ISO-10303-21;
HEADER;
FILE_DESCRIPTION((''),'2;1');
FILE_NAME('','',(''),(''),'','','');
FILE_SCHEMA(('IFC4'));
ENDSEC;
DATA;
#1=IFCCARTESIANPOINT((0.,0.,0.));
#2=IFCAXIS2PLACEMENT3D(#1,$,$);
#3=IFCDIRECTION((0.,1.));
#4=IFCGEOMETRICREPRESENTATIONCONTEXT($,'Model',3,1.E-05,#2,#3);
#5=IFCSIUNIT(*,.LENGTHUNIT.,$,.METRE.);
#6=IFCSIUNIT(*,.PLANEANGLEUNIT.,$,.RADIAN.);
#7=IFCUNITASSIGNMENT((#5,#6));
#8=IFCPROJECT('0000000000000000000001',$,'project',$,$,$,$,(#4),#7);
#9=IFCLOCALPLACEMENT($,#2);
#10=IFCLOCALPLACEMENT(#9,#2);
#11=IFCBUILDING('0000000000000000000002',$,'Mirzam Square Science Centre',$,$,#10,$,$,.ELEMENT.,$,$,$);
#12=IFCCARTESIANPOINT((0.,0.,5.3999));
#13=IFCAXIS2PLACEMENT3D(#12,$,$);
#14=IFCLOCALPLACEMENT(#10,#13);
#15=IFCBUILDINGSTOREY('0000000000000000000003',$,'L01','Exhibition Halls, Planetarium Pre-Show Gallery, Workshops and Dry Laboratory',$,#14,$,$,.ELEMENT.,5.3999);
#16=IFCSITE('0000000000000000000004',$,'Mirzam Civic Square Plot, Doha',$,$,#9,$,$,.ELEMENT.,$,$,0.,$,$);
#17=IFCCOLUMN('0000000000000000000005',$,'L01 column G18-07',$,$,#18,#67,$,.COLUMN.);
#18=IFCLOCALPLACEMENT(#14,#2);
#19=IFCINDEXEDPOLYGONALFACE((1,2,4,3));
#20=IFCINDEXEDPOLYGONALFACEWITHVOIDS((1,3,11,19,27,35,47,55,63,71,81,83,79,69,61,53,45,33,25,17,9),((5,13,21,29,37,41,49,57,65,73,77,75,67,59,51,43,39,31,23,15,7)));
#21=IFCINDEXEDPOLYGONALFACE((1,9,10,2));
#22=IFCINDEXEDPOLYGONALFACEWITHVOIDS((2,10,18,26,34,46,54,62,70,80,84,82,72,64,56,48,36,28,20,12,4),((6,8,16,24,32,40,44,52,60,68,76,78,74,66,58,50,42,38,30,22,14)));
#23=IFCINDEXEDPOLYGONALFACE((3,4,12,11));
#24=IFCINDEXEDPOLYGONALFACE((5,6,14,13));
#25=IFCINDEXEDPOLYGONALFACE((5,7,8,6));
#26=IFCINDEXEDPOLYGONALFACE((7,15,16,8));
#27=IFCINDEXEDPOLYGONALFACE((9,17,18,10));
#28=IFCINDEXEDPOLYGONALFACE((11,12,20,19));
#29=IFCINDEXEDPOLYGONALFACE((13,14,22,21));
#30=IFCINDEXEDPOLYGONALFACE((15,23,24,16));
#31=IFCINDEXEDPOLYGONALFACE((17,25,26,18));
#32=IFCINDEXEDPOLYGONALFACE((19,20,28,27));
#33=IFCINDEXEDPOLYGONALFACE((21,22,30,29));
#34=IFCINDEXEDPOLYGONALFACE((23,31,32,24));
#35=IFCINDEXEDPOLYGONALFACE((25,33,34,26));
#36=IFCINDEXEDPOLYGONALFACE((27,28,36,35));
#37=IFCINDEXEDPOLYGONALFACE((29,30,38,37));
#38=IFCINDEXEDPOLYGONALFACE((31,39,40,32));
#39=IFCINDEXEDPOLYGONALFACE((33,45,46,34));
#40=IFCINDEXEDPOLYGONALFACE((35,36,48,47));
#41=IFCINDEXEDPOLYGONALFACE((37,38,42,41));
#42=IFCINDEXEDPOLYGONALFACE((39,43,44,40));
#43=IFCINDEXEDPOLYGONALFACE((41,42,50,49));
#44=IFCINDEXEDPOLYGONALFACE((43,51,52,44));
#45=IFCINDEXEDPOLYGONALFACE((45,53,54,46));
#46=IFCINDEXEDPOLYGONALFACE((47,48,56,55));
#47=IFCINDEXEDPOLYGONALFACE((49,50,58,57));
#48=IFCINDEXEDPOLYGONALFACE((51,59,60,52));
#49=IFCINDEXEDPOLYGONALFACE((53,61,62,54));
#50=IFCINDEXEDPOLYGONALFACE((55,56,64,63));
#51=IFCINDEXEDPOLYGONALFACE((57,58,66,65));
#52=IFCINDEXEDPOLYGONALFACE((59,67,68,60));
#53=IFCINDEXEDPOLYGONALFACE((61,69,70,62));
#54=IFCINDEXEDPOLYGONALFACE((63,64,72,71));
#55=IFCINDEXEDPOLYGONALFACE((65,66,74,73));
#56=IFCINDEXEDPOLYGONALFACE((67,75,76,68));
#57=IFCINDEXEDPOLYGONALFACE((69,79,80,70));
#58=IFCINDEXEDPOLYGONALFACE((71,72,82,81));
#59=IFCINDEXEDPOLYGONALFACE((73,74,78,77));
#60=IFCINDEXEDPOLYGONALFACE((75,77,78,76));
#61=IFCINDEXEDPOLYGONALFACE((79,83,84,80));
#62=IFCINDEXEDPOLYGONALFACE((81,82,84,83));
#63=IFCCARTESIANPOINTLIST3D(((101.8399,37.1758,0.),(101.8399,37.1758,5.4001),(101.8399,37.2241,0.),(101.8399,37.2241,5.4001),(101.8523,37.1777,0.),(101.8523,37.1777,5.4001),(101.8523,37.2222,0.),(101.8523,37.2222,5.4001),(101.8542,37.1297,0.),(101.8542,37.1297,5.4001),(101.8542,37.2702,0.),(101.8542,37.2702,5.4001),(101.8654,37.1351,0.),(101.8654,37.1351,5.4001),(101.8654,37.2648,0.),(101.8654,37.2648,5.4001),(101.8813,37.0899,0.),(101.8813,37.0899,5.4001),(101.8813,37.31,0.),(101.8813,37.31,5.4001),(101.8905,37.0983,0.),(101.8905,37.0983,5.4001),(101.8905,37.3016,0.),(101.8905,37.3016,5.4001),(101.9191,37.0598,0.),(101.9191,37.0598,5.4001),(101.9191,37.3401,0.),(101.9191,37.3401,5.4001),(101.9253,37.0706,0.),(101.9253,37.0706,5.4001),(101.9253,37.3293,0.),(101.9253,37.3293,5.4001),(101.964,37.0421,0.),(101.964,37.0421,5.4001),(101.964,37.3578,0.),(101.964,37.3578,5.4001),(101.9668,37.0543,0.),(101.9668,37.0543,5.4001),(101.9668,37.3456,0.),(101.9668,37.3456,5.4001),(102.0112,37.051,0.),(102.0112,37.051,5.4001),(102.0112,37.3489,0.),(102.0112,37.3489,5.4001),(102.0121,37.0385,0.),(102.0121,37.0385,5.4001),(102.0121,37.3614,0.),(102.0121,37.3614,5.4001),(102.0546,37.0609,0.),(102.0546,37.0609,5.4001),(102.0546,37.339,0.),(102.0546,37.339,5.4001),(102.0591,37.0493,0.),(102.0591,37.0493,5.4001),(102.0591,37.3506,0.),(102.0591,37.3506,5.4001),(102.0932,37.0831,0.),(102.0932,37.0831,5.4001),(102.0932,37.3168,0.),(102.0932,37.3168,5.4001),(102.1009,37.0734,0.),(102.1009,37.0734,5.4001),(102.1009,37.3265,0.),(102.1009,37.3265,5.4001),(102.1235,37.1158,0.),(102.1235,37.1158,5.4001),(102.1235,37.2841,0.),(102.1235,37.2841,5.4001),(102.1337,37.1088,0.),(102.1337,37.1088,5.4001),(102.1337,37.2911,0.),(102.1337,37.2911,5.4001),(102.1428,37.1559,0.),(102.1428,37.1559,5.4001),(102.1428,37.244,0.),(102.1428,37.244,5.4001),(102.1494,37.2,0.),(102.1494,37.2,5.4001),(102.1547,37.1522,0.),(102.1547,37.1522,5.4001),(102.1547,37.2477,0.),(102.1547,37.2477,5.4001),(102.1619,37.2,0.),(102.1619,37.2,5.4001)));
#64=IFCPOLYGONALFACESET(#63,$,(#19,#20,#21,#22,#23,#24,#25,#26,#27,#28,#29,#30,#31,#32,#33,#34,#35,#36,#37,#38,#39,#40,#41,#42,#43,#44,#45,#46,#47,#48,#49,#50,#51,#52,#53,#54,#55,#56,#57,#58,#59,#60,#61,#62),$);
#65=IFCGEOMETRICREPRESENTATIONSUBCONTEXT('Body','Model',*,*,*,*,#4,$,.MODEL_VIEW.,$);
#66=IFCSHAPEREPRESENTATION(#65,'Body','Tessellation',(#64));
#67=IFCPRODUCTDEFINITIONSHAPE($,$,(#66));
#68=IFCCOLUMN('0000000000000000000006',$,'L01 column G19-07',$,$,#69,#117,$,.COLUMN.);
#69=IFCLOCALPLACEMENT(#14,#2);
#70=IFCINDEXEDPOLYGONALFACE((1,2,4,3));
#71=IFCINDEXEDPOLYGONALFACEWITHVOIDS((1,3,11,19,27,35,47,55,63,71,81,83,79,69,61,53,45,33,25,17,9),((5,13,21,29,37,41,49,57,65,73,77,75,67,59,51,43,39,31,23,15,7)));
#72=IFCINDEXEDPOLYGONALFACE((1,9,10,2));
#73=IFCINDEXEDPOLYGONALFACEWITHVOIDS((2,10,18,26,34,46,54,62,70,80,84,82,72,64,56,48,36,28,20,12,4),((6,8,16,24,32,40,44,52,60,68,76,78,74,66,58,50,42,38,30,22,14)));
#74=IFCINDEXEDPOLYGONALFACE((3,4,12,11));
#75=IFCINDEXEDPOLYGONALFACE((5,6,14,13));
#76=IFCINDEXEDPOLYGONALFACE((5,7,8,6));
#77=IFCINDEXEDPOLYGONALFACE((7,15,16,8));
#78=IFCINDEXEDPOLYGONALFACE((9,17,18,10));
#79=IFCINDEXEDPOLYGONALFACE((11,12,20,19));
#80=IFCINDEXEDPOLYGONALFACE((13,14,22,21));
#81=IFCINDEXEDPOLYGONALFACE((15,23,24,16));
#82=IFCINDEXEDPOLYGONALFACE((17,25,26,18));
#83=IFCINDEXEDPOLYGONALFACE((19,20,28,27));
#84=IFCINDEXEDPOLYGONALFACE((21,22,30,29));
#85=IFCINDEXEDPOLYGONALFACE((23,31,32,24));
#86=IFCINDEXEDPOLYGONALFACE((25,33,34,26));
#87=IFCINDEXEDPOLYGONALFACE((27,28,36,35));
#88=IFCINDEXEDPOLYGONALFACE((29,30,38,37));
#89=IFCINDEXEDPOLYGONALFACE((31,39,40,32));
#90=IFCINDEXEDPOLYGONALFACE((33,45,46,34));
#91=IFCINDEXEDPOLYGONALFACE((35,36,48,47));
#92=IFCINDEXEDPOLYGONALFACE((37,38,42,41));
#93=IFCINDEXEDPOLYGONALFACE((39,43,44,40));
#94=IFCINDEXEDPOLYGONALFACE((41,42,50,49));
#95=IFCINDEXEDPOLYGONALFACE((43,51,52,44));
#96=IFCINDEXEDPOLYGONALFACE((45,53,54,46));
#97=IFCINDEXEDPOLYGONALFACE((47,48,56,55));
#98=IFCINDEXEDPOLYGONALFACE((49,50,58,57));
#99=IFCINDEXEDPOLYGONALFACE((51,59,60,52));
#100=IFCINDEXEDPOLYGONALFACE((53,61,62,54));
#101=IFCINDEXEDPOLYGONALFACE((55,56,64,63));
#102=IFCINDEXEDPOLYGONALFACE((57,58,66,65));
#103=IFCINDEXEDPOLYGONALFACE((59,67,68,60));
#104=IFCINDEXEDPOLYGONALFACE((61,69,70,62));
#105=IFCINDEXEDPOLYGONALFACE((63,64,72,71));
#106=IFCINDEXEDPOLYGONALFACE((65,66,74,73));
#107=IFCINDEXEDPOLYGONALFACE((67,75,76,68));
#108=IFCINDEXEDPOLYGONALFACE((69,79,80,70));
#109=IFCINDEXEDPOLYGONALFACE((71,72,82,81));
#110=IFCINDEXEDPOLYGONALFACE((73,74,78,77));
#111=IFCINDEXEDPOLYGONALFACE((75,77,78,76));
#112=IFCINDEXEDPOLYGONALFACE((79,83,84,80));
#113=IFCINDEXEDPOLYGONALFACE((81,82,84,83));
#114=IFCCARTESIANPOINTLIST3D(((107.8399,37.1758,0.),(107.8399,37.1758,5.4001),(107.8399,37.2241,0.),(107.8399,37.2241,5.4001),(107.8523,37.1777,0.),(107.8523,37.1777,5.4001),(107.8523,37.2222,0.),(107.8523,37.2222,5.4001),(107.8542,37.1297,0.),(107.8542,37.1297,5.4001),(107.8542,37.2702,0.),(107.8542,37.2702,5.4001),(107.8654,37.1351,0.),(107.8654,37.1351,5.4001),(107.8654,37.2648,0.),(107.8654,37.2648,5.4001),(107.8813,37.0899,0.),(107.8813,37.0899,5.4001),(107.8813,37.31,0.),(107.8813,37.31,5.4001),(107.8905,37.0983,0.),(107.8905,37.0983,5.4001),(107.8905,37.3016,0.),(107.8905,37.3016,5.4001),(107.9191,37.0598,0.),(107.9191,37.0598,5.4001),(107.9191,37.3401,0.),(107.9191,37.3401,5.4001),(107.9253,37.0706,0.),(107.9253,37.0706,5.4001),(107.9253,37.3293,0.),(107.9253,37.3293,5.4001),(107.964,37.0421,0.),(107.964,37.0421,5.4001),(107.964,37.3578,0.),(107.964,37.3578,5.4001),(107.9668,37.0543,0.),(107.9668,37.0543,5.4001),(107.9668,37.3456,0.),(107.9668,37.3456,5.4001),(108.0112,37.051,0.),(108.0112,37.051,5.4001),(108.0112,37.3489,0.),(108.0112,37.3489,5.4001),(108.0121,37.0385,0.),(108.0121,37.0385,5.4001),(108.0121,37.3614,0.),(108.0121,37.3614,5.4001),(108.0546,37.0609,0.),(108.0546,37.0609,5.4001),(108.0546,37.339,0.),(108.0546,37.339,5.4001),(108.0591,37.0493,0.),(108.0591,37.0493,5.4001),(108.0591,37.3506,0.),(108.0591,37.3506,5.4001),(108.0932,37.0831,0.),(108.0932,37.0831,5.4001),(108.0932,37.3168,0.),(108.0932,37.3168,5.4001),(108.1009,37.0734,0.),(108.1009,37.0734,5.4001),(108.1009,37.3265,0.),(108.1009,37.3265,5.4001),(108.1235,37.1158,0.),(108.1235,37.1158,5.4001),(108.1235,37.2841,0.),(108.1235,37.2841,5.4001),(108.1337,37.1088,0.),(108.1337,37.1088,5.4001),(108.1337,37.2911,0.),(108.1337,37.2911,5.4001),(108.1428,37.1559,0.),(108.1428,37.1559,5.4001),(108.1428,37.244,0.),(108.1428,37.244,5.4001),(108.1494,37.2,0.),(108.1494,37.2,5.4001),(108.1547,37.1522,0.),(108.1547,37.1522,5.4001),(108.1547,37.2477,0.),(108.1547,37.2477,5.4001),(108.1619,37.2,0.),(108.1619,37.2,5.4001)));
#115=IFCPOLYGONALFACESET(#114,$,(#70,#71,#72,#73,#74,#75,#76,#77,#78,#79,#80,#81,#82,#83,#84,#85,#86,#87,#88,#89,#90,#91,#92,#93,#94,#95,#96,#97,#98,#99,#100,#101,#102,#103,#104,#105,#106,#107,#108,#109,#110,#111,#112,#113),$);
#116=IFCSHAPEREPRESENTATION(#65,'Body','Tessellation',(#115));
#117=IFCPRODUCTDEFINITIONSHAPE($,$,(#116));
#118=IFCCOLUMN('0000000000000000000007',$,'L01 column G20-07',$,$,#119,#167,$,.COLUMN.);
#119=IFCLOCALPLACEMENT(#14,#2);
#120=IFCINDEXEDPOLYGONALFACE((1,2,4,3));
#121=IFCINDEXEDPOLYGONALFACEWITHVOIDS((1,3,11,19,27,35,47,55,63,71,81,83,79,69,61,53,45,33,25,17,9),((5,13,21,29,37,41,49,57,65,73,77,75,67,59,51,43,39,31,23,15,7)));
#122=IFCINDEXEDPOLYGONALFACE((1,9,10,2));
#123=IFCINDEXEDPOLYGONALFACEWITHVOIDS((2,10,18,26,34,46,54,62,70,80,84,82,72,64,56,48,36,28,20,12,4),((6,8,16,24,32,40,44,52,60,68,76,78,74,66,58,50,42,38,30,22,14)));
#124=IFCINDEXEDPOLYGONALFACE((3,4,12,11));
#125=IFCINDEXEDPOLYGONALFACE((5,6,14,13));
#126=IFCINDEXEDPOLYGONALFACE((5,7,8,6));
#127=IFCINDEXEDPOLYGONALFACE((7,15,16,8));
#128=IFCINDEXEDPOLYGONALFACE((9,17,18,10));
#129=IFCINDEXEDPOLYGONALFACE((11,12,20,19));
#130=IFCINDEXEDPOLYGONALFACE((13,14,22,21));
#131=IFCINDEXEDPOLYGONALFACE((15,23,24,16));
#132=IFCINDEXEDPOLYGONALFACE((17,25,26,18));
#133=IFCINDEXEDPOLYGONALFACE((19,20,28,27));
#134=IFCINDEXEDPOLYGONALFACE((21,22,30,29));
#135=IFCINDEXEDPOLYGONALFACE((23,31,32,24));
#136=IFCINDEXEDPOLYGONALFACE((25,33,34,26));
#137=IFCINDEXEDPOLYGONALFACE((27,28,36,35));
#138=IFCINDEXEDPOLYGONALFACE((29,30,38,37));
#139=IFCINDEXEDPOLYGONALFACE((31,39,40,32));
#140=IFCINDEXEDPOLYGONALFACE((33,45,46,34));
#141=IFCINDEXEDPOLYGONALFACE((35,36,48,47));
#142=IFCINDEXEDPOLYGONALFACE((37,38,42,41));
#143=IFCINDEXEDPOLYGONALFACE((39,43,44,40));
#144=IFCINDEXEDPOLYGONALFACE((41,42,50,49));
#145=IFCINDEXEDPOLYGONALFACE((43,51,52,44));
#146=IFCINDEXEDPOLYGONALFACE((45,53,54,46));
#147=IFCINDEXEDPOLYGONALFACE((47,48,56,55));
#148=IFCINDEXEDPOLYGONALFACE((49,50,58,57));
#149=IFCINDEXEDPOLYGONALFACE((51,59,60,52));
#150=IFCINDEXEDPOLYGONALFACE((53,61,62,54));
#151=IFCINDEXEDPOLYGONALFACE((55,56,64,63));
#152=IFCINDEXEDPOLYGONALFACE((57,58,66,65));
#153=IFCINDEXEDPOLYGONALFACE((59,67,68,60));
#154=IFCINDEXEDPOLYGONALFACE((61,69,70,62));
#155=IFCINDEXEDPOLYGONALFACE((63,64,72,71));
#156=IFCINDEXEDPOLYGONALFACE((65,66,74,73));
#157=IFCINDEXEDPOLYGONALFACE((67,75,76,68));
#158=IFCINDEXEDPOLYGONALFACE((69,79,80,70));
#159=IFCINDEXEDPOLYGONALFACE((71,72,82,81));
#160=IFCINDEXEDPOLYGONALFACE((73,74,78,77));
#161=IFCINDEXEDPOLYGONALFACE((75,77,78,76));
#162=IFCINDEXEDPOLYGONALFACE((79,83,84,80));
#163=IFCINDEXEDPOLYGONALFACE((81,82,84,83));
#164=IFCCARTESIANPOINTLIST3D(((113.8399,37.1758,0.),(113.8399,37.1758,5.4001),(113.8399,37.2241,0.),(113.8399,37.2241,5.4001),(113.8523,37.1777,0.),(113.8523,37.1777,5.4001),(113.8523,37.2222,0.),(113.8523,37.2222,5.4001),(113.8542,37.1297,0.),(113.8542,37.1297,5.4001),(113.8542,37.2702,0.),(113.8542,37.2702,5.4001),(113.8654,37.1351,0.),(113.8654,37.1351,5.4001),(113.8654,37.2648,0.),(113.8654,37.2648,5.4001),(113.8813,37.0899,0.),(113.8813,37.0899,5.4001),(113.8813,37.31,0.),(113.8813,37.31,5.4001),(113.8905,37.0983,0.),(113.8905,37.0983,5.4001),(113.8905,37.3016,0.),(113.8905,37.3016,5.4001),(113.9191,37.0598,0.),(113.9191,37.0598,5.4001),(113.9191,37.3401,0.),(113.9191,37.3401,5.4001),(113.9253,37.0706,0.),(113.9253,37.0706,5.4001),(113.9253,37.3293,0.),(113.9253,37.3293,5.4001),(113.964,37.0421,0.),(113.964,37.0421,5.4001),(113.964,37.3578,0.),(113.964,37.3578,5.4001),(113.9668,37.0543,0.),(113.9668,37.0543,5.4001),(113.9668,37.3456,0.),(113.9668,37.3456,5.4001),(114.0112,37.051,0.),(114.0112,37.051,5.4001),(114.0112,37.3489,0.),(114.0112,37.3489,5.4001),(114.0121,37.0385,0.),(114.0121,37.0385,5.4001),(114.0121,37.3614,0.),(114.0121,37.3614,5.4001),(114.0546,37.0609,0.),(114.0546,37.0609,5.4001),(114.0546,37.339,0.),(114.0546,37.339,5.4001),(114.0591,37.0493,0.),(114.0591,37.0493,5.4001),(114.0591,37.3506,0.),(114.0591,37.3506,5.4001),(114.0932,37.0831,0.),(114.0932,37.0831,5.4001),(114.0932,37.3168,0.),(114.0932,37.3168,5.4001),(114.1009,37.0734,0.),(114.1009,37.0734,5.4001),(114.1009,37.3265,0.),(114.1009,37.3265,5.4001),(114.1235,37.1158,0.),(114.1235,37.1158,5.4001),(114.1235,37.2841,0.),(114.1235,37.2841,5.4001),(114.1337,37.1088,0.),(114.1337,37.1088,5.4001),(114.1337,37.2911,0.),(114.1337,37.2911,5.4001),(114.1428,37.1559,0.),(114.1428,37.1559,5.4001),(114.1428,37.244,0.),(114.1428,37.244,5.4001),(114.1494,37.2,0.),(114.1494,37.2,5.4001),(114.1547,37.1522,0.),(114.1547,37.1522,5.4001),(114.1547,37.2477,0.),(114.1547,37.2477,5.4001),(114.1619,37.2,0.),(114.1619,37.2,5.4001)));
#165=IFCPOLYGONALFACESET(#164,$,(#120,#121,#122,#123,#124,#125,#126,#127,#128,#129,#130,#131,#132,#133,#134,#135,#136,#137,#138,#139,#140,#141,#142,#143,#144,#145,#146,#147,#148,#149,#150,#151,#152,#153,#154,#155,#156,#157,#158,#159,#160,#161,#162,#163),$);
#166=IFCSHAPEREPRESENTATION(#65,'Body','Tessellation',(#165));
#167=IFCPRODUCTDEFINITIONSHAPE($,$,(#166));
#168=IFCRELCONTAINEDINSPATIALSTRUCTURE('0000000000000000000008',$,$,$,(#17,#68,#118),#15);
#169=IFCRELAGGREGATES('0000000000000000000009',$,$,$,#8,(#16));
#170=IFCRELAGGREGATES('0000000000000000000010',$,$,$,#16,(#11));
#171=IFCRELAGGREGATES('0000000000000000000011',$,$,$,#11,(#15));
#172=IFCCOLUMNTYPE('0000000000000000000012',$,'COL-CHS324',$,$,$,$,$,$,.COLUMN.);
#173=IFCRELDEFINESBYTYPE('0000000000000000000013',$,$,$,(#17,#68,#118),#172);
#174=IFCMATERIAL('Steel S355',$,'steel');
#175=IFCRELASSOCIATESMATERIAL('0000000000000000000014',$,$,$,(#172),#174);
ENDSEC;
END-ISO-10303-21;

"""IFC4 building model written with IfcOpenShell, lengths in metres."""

from ifc_helpers import new_model, si_unit, direction, frame, origin, origin_2d, place, context, subcontext, project, spatial, hollow_circle, extrude, material, material_profile, profile_set, type_object, element, save


model = new_model("IFC4")

# Units and contexts
model_context = context("Model", 3, precision=1e-05, world=origin(), true_north=direction((0.0, 1.0)))
body_context = subcontext(model_context, "Body", "Model", "MODEL_VIEW")
ifc_project = project(units=[si_unit("LENGTHUNIT", "METRE"), si_unit("PLANEANGLEUNIT", "RADIAN")], contexts=[model_context])

# Site, building, storey
site_placement = place(None, origin())
site = spatial("IfcSite", under=ifc_project, at=site_placement, Name="Mirzam Civic Square Plot, Doha", CompositionType="ELEMENT", RefElevation=0.0)
building_placement = place(site_placement, origin())
building = spatial("IfcBuilding", under=site, at=building_placement, Name="Mirzam Square Science Centre", CompositionType="ELEMENT")
storey_placement = place(building_placement, frame((0.0, 0.0, 5.3999)))
storey = spatial("IfcBuildingStorey", under=building, at=storey_placement, Name="L01", Description="Exhibition Halls, Planetarium Pre-Show Gallery, Workshops and Dry Laboratory", CompositionType="ELEMENT", Elevation=5.3999)

# Columns
ifc_material_1 = material(Name="Steel S355", Category="steel")
ifc_material_profile_1 = material_profile(ifc_material_1, hollow_circle(Radius=0.1619, WallThickness=0.0125, at=origin_2d()), Name="323.9x12.5CHS")
ifc_profile_set_1 = profile_set([ifc_material_profile_1], Name="Steel S355")
column_type = type_object("IfcColumnType", Name="COL-CHS324", PredefinedType="COLUMN", material=ifc_profile_set_1)
for number, where, z_axis, x_axis, name in (
    (1, (102.0, 37.2, 0.0), (0.0, 0.0, 1.0), (1.0, 0.0, 0.0), "L01 column G18-07"),
    (2, (108.0, 37.2, 0.0), (0.0, 0.0, 1.0), (1.0, 0.0, 0.0), "L01 column G19-07"),
    (3, (114.0, 37.2, 0.0), (0.0, 0.0, 1.0), (1.0, 0.0, 0.0), "L01 column G20-07"),
):
    element("IfcColumn", number, at=place(storey_placement, frame(where, z_axis=z_axis, x_axis=x_axis)), inside=storey, type_object=column_type, Name=name, PredefinedType="COLUMN", context=body_context, shape_type="SweptSolid", body=[
        extrude(hollow_circle(Radius=0.1619, WallThickness=0.0125, at=origin_2d()), origin(), (0.0, 0.0, 1.0), 5.4001),
    ])

save(model, "model.ifc")
